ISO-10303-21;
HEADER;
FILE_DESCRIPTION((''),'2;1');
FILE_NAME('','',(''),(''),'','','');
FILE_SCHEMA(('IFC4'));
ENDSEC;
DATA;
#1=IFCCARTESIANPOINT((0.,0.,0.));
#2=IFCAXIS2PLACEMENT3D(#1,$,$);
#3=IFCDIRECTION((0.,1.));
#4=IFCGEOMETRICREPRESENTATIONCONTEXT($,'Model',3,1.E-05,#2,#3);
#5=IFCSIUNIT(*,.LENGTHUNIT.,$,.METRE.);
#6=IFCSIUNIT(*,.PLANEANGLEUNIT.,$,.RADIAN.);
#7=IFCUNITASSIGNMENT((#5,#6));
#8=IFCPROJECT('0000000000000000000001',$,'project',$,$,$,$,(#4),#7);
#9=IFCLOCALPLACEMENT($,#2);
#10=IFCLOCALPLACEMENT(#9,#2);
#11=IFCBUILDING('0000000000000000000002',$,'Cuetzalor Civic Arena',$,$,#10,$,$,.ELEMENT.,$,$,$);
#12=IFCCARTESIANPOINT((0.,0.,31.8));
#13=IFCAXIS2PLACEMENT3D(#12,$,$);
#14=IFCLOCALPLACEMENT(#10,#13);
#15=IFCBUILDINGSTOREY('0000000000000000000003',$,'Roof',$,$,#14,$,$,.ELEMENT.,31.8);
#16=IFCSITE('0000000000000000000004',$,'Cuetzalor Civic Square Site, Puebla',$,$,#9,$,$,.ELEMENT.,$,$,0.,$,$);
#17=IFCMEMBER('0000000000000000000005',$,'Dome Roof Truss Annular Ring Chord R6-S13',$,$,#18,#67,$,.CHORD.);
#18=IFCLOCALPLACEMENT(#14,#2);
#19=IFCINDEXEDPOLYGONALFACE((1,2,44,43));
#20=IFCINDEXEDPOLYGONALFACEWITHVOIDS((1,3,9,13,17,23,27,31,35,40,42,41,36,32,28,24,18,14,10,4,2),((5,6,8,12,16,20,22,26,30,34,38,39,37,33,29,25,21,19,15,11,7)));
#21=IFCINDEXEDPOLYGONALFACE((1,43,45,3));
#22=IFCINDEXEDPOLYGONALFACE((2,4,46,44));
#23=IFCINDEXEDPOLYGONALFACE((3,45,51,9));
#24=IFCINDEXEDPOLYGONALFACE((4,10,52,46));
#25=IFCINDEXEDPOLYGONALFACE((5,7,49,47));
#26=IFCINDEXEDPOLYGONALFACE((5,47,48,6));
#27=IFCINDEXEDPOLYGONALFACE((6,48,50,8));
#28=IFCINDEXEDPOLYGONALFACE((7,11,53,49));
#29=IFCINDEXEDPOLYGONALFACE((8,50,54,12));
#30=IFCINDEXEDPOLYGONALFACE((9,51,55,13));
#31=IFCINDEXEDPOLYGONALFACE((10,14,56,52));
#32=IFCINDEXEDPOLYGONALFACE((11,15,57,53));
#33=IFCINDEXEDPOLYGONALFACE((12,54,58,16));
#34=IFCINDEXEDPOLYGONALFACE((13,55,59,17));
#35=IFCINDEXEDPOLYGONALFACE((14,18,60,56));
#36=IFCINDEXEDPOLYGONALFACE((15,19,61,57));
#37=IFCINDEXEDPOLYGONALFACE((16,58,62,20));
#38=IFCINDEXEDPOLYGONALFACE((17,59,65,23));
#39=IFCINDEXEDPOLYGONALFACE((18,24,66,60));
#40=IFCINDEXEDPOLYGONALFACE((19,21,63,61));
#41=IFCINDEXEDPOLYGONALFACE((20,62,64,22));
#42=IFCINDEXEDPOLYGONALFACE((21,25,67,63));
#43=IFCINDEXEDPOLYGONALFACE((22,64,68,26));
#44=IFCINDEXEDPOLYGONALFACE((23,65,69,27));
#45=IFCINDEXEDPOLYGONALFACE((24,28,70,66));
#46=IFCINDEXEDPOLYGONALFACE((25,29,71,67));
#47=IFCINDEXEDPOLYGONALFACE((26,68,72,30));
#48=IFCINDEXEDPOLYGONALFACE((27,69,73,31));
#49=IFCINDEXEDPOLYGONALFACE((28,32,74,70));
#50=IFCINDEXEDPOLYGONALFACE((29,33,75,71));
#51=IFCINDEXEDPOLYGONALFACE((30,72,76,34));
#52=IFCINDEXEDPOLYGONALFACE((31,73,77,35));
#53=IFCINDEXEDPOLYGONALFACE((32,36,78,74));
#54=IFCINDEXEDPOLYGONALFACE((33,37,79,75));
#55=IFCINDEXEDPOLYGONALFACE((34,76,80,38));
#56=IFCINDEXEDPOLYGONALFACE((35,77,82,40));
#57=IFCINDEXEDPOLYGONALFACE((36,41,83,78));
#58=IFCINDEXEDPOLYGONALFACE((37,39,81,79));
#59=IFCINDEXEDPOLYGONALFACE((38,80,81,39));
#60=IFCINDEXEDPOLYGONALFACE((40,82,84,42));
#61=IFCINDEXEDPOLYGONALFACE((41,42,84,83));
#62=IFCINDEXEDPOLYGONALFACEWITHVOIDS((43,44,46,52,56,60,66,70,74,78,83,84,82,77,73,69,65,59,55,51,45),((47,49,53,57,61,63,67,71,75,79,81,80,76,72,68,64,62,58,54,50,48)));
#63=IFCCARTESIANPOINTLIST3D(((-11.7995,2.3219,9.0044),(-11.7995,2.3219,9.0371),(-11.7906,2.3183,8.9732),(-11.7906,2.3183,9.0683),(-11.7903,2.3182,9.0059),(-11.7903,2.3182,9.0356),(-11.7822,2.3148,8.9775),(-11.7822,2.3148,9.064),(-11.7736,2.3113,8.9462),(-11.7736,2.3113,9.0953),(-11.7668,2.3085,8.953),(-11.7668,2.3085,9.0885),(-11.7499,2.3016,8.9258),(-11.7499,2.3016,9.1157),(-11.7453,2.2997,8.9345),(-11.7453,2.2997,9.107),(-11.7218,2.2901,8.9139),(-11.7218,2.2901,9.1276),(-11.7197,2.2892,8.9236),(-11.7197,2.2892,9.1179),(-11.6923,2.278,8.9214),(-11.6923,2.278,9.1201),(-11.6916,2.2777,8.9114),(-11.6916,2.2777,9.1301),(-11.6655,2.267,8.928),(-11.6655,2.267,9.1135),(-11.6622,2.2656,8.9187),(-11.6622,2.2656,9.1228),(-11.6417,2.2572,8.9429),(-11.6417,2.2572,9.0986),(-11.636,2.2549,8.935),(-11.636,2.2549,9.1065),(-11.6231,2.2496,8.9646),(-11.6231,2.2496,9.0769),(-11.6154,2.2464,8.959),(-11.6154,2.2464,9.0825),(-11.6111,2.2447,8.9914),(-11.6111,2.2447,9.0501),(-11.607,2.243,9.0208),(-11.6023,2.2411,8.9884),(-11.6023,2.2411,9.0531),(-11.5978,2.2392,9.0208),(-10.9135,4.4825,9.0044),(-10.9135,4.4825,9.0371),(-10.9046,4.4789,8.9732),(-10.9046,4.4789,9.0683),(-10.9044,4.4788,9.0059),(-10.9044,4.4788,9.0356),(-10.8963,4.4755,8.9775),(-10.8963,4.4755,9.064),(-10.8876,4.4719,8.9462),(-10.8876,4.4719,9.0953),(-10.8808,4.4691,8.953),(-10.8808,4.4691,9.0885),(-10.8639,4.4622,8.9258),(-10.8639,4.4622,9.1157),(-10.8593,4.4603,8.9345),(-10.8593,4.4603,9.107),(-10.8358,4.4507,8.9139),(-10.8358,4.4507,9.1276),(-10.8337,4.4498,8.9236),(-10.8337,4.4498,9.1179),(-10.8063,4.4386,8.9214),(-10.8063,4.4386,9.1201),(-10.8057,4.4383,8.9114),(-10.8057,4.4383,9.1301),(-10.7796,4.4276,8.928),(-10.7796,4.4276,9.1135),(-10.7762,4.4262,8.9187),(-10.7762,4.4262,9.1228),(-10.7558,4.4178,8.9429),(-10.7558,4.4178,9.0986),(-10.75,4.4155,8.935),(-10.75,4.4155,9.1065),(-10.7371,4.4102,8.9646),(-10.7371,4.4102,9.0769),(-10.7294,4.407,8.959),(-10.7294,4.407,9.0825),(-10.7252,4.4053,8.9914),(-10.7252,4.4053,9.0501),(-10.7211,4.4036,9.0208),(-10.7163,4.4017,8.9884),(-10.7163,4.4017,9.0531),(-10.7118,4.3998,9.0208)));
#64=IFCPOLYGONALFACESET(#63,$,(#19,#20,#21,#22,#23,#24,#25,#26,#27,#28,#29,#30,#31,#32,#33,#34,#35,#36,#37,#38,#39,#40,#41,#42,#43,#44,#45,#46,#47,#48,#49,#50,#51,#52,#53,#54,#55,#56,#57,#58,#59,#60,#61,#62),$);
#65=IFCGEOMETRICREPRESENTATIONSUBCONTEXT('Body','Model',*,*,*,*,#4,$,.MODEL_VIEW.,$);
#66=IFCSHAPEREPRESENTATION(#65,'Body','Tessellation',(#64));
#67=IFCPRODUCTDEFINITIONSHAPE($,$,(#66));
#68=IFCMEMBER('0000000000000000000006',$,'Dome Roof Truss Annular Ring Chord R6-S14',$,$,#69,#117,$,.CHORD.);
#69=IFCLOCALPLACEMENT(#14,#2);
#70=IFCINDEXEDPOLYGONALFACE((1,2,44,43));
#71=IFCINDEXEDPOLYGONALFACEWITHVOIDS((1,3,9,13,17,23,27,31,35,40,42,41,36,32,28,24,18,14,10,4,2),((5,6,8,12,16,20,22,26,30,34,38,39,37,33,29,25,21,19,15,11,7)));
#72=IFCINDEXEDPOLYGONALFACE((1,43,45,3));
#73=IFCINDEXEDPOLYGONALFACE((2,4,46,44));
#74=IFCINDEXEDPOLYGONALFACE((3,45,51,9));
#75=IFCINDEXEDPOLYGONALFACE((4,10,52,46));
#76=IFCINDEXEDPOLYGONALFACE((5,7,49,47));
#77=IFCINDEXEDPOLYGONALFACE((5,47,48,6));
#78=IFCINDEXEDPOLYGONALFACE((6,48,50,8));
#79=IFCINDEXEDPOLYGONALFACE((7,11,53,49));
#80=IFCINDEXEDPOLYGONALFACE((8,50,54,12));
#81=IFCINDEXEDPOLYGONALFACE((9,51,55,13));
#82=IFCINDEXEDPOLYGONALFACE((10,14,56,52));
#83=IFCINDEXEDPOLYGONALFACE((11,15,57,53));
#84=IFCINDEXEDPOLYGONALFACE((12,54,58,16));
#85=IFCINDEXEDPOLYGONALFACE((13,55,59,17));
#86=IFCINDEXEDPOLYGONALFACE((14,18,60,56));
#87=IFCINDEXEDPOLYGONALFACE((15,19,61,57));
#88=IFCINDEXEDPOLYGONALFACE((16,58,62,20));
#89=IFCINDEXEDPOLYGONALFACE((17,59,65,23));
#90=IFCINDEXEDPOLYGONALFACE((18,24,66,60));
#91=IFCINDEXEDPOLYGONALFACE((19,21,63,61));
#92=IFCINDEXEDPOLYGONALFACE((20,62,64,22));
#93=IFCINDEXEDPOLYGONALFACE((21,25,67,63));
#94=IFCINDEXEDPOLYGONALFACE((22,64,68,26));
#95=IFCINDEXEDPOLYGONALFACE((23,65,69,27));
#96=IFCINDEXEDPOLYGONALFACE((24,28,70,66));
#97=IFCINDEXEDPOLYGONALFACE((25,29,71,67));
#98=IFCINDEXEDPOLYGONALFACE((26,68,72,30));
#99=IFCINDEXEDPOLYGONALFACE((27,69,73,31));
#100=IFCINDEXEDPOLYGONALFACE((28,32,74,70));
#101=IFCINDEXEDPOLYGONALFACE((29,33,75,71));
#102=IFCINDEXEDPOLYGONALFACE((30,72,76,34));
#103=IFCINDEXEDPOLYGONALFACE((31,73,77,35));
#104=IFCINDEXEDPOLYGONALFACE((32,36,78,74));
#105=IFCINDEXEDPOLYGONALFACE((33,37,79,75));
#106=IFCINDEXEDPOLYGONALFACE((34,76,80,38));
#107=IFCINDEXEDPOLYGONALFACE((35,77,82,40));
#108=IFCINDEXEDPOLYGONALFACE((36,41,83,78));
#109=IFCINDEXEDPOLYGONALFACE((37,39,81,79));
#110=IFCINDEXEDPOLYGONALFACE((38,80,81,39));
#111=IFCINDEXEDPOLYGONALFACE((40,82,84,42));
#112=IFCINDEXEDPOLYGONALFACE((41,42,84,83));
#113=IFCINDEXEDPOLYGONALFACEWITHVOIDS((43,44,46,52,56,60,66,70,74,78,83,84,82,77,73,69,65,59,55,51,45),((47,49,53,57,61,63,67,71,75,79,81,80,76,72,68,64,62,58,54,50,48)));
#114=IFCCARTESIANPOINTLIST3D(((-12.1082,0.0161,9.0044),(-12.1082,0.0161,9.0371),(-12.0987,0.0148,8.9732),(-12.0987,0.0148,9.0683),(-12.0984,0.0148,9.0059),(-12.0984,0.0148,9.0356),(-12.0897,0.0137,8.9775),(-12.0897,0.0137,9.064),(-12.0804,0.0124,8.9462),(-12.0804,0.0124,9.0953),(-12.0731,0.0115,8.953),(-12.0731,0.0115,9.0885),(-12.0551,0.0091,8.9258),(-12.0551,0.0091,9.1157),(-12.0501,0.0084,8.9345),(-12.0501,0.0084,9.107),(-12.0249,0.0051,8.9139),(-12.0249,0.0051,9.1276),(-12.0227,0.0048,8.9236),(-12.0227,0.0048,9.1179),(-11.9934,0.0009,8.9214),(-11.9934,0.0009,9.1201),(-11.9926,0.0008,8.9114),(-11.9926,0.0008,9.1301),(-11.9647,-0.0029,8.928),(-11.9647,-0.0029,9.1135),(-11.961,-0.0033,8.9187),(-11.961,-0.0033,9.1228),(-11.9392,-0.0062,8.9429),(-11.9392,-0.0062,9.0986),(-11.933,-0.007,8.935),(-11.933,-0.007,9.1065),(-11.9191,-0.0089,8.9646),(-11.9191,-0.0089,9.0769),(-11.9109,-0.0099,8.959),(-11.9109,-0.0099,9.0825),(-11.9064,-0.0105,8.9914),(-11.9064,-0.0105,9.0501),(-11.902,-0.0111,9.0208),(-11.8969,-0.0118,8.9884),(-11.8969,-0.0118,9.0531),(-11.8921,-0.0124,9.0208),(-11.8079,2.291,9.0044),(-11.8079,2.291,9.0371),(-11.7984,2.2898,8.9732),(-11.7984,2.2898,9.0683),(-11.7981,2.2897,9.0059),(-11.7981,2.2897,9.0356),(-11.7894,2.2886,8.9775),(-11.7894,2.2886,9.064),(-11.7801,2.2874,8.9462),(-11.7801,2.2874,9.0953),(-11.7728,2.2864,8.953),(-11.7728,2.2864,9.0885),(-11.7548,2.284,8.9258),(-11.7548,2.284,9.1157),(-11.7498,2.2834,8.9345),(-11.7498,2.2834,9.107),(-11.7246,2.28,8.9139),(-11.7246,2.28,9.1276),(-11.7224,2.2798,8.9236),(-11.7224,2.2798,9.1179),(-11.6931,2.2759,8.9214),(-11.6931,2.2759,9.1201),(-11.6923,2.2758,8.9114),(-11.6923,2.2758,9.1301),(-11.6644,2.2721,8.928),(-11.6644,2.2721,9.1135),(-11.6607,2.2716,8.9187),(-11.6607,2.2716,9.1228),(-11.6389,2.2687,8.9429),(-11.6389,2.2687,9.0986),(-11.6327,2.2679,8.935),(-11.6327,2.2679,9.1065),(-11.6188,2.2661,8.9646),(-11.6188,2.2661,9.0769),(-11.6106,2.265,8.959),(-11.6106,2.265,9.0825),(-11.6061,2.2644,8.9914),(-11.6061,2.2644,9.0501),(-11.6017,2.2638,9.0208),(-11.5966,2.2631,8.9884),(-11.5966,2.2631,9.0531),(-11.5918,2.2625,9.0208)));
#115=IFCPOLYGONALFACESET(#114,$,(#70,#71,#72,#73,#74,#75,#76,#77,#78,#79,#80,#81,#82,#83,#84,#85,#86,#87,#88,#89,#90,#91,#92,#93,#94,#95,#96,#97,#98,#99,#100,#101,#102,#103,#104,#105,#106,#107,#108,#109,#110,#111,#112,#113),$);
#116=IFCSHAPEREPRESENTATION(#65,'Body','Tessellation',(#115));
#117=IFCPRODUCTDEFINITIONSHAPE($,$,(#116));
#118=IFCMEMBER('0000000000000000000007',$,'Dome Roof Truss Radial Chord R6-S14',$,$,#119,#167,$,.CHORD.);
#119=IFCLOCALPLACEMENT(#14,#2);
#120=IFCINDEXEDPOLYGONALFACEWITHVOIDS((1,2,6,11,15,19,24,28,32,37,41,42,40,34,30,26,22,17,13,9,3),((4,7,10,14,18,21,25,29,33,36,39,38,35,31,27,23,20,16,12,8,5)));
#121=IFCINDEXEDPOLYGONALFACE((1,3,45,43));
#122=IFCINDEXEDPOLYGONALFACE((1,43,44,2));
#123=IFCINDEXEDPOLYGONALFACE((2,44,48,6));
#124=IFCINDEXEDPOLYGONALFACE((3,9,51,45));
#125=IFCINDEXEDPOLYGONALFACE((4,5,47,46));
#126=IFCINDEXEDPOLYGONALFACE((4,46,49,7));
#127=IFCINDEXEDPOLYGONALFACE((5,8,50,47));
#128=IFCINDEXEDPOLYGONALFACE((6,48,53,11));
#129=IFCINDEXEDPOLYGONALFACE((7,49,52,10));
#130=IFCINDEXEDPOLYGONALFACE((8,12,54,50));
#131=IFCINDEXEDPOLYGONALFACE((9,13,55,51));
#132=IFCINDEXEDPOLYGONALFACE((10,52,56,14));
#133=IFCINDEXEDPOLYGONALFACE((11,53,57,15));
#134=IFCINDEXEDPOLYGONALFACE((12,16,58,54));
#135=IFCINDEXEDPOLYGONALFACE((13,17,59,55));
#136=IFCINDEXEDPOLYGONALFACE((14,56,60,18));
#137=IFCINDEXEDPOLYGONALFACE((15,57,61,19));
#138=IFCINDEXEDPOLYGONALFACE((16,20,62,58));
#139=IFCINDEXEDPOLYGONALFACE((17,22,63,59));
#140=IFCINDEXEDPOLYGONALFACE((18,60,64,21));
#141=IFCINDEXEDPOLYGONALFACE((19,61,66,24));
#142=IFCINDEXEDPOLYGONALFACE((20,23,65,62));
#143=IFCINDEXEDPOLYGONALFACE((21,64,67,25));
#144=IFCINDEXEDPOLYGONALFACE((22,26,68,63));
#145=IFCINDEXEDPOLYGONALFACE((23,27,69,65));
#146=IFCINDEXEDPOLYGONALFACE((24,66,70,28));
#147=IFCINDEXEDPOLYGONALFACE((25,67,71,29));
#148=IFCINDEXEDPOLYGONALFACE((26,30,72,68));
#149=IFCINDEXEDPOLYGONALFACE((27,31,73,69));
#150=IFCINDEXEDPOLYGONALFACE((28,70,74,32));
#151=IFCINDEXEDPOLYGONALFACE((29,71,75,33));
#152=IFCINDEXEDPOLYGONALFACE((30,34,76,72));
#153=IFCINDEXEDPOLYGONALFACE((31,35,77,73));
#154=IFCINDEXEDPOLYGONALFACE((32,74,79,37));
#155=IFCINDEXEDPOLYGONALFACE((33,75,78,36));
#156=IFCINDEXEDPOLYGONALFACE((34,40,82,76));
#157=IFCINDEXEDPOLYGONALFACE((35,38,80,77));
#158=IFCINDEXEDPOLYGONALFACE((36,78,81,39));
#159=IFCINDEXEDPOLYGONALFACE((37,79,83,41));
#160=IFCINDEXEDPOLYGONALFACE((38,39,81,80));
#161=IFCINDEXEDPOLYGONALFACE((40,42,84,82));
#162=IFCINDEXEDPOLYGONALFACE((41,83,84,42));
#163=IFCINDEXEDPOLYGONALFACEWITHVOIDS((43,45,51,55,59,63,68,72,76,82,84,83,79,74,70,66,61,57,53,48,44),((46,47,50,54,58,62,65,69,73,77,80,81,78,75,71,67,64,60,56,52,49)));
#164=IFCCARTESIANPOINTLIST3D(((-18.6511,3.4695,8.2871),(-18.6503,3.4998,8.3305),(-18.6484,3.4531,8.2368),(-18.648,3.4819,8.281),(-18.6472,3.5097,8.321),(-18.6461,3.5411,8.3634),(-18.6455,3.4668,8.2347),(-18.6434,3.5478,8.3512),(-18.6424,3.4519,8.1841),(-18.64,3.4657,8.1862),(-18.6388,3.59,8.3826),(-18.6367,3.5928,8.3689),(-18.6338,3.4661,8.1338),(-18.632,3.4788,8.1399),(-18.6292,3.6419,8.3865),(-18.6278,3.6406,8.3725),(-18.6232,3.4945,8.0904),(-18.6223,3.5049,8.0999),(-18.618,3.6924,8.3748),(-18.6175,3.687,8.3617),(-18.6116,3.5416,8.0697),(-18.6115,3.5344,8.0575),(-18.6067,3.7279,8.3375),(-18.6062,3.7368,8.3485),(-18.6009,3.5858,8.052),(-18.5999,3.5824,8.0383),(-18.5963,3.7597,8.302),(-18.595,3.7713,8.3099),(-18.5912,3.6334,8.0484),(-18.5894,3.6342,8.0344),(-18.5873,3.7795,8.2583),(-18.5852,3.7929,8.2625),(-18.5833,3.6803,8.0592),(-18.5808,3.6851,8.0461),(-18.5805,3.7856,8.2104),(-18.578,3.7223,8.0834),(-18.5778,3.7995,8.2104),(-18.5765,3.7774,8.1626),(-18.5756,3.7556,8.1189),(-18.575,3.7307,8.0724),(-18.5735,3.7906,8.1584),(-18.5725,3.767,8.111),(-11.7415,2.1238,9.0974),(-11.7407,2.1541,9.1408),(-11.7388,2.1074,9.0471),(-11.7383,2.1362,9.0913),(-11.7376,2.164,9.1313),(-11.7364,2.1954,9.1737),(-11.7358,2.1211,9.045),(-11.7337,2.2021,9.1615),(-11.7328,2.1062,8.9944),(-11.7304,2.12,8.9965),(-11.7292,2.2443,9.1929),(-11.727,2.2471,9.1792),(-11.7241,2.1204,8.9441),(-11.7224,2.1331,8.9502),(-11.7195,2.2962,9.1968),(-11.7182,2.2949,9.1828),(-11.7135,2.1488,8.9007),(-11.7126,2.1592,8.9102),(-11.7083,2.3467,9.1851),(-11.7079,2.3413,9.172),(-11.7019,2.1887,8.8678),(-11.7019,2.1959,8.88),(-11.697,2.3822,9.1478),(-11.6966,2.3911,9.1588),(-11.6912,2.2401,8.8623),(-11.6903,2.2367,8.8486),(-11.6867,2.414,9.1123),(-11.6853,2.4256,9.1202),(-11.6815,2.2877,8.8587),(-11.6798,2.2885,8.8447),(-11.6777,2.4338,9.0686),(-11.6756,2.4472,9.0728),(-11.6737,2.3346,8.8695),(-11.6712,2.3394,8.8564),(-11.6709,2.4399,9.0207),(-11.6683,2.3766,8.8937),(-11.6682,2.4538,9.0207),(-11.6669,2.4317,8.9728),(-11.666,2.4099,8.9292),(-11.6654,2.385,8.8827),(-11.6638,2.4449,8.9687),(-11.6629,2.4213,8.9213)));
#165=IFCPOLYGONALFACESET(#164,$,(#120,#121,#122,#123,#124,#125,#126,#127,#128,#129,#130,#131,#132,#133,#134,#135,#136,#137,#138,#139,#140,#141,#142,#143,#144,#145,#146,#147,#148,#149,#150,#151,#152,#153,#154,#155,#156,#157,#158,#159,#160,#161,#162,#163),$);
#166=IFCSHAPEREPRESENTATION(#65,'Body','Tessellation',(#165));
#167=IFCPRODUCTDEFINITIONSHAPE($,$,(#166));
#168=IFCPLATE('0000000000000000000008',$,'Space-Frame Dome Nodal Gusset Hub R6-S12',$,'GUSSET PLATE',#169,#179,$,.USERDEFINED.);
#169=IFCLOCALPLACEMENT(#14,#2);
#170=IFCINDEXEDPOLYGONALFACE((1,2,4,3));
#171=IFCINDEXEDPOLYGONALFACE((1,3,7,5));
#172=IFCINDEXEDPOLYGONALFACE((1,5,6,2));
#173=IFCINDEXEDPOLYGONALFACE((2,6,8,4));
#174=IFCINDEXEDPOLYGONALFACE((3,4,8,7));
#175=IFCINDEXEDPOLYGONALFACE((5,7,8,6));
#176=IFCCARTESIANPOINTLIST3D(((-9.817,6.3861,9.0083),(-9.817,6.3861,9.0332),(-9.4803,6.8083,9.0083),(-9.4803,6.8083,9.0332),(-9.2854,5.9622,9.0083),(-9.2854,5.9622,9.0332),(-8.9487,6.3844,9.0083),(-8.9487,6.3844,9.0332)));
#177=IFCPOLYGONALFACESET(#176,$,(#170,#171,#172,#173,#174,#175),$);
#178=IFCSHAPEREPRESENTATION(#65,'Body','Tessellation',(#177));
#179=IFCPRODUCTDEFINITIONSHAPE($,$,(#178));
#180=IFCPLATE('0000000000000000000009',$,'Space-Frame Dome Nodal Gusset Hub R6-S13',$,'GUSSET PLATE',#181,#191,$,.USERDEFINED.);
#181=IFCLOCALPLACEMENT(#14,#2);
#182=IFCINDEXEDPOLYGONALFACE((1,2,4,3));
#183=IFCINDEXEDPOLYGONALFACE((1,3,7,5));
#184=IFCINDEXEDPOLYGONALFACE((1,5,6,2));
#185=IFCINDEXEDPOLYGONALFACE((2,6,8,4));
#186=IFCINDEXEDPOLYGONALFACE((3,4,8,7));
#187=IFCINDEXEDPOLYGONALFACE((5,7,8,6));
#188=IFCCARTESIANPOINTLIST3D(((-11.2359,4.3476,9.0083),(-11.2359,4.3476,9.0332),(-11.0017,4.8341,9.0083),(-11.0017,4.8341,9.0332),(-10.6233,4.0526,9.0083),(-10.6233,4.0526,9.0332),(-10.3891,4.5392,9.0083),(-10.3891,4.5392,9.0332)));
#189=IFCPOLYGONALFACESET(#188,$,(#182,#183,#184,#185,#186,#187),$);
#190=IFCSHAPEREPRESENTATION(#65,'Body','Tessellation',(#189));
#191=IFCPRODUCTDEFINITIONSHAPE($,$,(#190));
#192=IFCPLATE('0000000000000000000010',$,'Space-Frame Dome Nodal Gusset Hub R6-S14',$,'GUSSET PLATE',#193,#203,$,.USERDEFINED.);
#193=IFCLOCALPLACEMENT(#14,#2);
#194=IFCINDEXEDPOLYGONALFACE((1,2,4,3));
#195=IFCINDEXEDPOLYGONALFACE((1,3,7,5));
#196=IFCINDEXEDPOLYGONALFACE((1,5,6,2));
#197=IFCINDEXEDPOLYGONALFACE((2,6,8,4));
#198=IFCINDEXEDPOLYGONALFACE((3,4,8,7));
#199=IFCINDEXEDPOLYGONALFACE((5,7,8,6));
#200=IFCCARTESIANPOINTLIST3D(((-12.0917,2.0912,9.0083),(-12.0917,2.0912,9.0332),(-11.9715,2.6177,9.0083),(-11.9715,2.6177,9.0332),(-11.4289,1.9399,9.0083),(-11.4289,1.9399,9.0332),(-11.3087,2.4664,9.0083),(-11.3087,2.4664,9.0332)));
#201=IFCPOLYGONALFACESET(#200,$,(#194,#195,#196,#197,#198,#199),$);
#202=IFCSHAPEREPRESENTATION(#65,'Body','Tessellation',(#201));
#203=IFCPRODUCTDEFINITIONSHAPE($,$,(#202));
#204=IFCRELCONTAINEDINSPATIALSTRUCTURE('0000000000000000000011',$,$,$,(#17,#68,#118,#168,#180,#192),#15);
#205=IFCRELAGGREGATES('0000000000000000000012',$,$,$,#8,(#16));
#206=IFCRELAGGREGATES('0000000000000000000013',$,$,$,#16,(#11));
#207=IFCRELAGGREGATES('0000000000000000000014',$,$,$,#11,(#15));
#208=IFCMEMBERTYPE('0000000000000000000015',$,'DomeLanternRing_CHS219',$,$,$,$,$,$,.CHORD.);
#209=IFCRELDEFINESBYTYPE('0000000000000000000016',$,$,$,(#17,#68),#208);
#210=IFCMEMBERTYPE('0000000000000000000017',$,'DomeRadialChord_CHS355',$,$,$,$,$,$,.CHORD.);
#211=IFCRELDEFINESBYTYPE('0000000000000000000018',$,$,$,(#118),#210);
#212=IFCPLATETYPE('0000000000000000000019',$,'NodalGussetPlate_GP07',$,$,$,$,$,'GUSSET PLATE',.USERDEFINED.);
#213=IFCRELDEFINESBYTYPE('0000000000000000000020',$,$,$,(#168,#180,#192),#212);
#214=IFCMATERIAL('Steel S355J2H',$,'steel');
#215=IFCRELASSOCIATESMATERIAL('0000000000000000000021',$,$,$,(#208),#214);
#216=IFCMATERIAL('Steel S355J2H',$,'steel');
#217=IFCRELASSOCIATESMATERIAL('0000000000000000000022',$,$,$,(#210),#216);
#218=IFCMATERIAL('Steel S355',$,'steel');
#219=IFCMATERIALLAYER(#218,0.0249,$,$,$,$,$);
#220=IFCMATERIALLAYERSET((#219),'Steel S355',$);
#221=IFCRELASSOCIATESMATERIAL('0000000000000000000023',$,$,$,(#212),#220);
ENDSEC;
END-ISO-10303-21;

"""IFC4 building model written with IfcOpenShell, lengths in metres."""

from ifc_helpers import new_model, si_unit, direction, frame, origin, origin_2d, place, context, subcontext, project, spatial, rectangle, hollow_circle, extrude, material, layer, layer_set, material_profile, profile_set, type_object, element, save


model = new_model("IFC4")

# Units and contexts
model_context = context("Model", 3, precision=1e-05, world=origin(), true_north=direction((0.0, 1.0)))
body_context = subcontext(model_context, "Body", "Model", "MODEL_VIEW")
ifc_project = project(units=[si_unit("LENGTHUNIT", "METRE"), si_unit("PLANEANGLEUNIT", "RADIAN")], contexts=[model_context])

# Site, building, storey
site_placement = place(None, origin())
site = spatial("IfcSite", under=ifc_project, at=site_placement, Name="Cuetzalor Civic Square Site, Puebla", CompositionType="ELEMENT", RefElevation=0.0)
building_placement = place(site_placement, origin())
building = spatial("IfcBuilding", under=site, at=building_placement, Name="Cuetzalor Civic Arena", CompositionType="ELEMENT")
storey_placement = place(building_placement, frame((0.0, 0.0, 31.8)))
storey = spatial("IfcBuildingStorey", under=building, at=storey_placement, Name="Roof", CompositionType="ELEMENT", Elevation=31.8)

# Members
ifc_material_1 = material(Name="Steel S355J2H", Category="steel")
ifc_material_profile_1 = material_profile(ifc_material_1, hollow_circle(Radius=0.1096, WallThickness=0.01, at=origin_2d()), Name="CHS 219.1x10")
ifc_profile_set_1 = profile_set([ifc_material_profile_1], Name="Steel S355J2H")
member_type_1 = type_object("IfcMemberType", Name="DomeLanternRing_CHS219", PredefinedType="CHORD", material=ifc_profile_set_1)
member_1_placement = place(storey_placement, frame((-10.8132, 4.4414, 9.0208), z_axis=(-0.379398, -0.925234, 0.0), x_axis=(0.925234, -0.379398, 0.0)))
element("IfcMember", 1, at=member_1_placement, inside=storey, type_object=member_type_1, Name="Dome Roof Truss Annular Ring Chord R6-S13", PredefinedType="CHORD", context=body_context, shape_type="SweptSolid", body=[
    extrude(hollow_circle(Radius=0.1096, WallThickness=0.01, at=origin_2d()), origin(), (0.0, 0.0, 1.0), 2.3352),
])
member_2_placement = place(storey_placement, frame((-11.7004, 2.2769, 9.0208), z_axis=(-0.130867, -0.9914, 0.0), x_axis=(0.9914, -0.130867, 0.0)))
element("IfcMember", 2, at=member_2_placement, inside=storey, type_object=member_type_1, Name="Dome Roof Truss Annular Ring Chord R6-S14", PredefinedType="CHORD", context=body_context, shape_type="SweptSolid", body=[
    extrude(hollow_circle(Radius=0.1096, WallThickness=0.01, at=origin_2d()), origin(), (0.0, 0.0, 1.0), 2.2947),
])
ifc_material_2 = material(Name="Steel S355J2H", Category="steel")
ifc_material_profile_2 = material_profile(ifc_material_2, hollow_circle(Radius=0.1777, WallThickness=0.0142, at=origin_2d()), Name="CHS 355.6x14.2")
ifc_profile_set_2 = profile_set([ifc_material_profile_2], Name="Steel S355J2H")
member_type_2 = type_object("IfcMemberType", Name="DomeRadialChord_CHS355", PredefinedType="CHORD", material=ifc_profile_set_2)
member_3_placement = place(storey_placement, frame((-18.6118, 3.625, 8.2104), z_axis=(0.975119, -0.189911, 0.114353), x_axis=(0.191165, 0.981558, 0.0)))
element("IfcMember", 3, at=member_3_placement, inside=storey, type_object=member_type_2, Name="Dome Roof Truss Radial Chord R6-S14", PredefinedType="CHORD", context=body_context, shape_type="SweptSolid", body=[
    extrude(hollow_circle(Radius=0.1777, WallThickness=0.0142, at=origin_2d()), origin(), (0.0, 0.0, 1.0), 7.0859),
])

# Plates
ifc_material_3 = material(Name="Steel S355", Category="steel")
ifc_layer_1 = layer(ifc_material_3, 0.0249)
ifc_layer_set_1 = layer_set([ifc_layer_1], Name="Steel S355")
plate_type = type_object("IfcPlateType", Name="NodalGussetPlate_GP07", ElementType="GUSSET PLATE", PredefinedType="USERDEFINED", material=ifc_layer_set_1)
for number, where, z_axis, x_axis, name in (
    (4, (-9.3828, 6.3853, 9.0083), (0.0, 0.0, 1.0), (-0.781847, 0.62347, 0.0), "Space-Frame Dome Nodal Gusset Hub R6-S12"),
    (5, (-10.8125, 4.4434, 9.0083), (0.0, 0.0, 1.0), (-0.901001, 0.433816, 0.0), "Space-Frame Dome Nodal Gusset Hub R6-S13"),
    (6, (-11.7002, 2.2788, 9.0083), (0.0, 0.0, 1.0), (-0.974917, 0.22257, 0.0), "Space-Frame Dome Nodal Gusset Hub R6-S14"),
):
    element("IfcPlate", number, at=place(storey_placement, frame(where, z_axis=z_axis, x_axis=x_axis)), inside=storey, type_object=plate_type, Name=name, ObjectType="GUSSET PLATE", PredefinedType="USERDEFINED", context=body_context, shape_type="SweptSolid", body=[
        extrude(rectangle(XDim=0.6799, YDim=0.54, at=origin_2d()), origin(), (0.0, 0.0, 1.0), 0.0249),
    ])

save(model, "model.ifc")
